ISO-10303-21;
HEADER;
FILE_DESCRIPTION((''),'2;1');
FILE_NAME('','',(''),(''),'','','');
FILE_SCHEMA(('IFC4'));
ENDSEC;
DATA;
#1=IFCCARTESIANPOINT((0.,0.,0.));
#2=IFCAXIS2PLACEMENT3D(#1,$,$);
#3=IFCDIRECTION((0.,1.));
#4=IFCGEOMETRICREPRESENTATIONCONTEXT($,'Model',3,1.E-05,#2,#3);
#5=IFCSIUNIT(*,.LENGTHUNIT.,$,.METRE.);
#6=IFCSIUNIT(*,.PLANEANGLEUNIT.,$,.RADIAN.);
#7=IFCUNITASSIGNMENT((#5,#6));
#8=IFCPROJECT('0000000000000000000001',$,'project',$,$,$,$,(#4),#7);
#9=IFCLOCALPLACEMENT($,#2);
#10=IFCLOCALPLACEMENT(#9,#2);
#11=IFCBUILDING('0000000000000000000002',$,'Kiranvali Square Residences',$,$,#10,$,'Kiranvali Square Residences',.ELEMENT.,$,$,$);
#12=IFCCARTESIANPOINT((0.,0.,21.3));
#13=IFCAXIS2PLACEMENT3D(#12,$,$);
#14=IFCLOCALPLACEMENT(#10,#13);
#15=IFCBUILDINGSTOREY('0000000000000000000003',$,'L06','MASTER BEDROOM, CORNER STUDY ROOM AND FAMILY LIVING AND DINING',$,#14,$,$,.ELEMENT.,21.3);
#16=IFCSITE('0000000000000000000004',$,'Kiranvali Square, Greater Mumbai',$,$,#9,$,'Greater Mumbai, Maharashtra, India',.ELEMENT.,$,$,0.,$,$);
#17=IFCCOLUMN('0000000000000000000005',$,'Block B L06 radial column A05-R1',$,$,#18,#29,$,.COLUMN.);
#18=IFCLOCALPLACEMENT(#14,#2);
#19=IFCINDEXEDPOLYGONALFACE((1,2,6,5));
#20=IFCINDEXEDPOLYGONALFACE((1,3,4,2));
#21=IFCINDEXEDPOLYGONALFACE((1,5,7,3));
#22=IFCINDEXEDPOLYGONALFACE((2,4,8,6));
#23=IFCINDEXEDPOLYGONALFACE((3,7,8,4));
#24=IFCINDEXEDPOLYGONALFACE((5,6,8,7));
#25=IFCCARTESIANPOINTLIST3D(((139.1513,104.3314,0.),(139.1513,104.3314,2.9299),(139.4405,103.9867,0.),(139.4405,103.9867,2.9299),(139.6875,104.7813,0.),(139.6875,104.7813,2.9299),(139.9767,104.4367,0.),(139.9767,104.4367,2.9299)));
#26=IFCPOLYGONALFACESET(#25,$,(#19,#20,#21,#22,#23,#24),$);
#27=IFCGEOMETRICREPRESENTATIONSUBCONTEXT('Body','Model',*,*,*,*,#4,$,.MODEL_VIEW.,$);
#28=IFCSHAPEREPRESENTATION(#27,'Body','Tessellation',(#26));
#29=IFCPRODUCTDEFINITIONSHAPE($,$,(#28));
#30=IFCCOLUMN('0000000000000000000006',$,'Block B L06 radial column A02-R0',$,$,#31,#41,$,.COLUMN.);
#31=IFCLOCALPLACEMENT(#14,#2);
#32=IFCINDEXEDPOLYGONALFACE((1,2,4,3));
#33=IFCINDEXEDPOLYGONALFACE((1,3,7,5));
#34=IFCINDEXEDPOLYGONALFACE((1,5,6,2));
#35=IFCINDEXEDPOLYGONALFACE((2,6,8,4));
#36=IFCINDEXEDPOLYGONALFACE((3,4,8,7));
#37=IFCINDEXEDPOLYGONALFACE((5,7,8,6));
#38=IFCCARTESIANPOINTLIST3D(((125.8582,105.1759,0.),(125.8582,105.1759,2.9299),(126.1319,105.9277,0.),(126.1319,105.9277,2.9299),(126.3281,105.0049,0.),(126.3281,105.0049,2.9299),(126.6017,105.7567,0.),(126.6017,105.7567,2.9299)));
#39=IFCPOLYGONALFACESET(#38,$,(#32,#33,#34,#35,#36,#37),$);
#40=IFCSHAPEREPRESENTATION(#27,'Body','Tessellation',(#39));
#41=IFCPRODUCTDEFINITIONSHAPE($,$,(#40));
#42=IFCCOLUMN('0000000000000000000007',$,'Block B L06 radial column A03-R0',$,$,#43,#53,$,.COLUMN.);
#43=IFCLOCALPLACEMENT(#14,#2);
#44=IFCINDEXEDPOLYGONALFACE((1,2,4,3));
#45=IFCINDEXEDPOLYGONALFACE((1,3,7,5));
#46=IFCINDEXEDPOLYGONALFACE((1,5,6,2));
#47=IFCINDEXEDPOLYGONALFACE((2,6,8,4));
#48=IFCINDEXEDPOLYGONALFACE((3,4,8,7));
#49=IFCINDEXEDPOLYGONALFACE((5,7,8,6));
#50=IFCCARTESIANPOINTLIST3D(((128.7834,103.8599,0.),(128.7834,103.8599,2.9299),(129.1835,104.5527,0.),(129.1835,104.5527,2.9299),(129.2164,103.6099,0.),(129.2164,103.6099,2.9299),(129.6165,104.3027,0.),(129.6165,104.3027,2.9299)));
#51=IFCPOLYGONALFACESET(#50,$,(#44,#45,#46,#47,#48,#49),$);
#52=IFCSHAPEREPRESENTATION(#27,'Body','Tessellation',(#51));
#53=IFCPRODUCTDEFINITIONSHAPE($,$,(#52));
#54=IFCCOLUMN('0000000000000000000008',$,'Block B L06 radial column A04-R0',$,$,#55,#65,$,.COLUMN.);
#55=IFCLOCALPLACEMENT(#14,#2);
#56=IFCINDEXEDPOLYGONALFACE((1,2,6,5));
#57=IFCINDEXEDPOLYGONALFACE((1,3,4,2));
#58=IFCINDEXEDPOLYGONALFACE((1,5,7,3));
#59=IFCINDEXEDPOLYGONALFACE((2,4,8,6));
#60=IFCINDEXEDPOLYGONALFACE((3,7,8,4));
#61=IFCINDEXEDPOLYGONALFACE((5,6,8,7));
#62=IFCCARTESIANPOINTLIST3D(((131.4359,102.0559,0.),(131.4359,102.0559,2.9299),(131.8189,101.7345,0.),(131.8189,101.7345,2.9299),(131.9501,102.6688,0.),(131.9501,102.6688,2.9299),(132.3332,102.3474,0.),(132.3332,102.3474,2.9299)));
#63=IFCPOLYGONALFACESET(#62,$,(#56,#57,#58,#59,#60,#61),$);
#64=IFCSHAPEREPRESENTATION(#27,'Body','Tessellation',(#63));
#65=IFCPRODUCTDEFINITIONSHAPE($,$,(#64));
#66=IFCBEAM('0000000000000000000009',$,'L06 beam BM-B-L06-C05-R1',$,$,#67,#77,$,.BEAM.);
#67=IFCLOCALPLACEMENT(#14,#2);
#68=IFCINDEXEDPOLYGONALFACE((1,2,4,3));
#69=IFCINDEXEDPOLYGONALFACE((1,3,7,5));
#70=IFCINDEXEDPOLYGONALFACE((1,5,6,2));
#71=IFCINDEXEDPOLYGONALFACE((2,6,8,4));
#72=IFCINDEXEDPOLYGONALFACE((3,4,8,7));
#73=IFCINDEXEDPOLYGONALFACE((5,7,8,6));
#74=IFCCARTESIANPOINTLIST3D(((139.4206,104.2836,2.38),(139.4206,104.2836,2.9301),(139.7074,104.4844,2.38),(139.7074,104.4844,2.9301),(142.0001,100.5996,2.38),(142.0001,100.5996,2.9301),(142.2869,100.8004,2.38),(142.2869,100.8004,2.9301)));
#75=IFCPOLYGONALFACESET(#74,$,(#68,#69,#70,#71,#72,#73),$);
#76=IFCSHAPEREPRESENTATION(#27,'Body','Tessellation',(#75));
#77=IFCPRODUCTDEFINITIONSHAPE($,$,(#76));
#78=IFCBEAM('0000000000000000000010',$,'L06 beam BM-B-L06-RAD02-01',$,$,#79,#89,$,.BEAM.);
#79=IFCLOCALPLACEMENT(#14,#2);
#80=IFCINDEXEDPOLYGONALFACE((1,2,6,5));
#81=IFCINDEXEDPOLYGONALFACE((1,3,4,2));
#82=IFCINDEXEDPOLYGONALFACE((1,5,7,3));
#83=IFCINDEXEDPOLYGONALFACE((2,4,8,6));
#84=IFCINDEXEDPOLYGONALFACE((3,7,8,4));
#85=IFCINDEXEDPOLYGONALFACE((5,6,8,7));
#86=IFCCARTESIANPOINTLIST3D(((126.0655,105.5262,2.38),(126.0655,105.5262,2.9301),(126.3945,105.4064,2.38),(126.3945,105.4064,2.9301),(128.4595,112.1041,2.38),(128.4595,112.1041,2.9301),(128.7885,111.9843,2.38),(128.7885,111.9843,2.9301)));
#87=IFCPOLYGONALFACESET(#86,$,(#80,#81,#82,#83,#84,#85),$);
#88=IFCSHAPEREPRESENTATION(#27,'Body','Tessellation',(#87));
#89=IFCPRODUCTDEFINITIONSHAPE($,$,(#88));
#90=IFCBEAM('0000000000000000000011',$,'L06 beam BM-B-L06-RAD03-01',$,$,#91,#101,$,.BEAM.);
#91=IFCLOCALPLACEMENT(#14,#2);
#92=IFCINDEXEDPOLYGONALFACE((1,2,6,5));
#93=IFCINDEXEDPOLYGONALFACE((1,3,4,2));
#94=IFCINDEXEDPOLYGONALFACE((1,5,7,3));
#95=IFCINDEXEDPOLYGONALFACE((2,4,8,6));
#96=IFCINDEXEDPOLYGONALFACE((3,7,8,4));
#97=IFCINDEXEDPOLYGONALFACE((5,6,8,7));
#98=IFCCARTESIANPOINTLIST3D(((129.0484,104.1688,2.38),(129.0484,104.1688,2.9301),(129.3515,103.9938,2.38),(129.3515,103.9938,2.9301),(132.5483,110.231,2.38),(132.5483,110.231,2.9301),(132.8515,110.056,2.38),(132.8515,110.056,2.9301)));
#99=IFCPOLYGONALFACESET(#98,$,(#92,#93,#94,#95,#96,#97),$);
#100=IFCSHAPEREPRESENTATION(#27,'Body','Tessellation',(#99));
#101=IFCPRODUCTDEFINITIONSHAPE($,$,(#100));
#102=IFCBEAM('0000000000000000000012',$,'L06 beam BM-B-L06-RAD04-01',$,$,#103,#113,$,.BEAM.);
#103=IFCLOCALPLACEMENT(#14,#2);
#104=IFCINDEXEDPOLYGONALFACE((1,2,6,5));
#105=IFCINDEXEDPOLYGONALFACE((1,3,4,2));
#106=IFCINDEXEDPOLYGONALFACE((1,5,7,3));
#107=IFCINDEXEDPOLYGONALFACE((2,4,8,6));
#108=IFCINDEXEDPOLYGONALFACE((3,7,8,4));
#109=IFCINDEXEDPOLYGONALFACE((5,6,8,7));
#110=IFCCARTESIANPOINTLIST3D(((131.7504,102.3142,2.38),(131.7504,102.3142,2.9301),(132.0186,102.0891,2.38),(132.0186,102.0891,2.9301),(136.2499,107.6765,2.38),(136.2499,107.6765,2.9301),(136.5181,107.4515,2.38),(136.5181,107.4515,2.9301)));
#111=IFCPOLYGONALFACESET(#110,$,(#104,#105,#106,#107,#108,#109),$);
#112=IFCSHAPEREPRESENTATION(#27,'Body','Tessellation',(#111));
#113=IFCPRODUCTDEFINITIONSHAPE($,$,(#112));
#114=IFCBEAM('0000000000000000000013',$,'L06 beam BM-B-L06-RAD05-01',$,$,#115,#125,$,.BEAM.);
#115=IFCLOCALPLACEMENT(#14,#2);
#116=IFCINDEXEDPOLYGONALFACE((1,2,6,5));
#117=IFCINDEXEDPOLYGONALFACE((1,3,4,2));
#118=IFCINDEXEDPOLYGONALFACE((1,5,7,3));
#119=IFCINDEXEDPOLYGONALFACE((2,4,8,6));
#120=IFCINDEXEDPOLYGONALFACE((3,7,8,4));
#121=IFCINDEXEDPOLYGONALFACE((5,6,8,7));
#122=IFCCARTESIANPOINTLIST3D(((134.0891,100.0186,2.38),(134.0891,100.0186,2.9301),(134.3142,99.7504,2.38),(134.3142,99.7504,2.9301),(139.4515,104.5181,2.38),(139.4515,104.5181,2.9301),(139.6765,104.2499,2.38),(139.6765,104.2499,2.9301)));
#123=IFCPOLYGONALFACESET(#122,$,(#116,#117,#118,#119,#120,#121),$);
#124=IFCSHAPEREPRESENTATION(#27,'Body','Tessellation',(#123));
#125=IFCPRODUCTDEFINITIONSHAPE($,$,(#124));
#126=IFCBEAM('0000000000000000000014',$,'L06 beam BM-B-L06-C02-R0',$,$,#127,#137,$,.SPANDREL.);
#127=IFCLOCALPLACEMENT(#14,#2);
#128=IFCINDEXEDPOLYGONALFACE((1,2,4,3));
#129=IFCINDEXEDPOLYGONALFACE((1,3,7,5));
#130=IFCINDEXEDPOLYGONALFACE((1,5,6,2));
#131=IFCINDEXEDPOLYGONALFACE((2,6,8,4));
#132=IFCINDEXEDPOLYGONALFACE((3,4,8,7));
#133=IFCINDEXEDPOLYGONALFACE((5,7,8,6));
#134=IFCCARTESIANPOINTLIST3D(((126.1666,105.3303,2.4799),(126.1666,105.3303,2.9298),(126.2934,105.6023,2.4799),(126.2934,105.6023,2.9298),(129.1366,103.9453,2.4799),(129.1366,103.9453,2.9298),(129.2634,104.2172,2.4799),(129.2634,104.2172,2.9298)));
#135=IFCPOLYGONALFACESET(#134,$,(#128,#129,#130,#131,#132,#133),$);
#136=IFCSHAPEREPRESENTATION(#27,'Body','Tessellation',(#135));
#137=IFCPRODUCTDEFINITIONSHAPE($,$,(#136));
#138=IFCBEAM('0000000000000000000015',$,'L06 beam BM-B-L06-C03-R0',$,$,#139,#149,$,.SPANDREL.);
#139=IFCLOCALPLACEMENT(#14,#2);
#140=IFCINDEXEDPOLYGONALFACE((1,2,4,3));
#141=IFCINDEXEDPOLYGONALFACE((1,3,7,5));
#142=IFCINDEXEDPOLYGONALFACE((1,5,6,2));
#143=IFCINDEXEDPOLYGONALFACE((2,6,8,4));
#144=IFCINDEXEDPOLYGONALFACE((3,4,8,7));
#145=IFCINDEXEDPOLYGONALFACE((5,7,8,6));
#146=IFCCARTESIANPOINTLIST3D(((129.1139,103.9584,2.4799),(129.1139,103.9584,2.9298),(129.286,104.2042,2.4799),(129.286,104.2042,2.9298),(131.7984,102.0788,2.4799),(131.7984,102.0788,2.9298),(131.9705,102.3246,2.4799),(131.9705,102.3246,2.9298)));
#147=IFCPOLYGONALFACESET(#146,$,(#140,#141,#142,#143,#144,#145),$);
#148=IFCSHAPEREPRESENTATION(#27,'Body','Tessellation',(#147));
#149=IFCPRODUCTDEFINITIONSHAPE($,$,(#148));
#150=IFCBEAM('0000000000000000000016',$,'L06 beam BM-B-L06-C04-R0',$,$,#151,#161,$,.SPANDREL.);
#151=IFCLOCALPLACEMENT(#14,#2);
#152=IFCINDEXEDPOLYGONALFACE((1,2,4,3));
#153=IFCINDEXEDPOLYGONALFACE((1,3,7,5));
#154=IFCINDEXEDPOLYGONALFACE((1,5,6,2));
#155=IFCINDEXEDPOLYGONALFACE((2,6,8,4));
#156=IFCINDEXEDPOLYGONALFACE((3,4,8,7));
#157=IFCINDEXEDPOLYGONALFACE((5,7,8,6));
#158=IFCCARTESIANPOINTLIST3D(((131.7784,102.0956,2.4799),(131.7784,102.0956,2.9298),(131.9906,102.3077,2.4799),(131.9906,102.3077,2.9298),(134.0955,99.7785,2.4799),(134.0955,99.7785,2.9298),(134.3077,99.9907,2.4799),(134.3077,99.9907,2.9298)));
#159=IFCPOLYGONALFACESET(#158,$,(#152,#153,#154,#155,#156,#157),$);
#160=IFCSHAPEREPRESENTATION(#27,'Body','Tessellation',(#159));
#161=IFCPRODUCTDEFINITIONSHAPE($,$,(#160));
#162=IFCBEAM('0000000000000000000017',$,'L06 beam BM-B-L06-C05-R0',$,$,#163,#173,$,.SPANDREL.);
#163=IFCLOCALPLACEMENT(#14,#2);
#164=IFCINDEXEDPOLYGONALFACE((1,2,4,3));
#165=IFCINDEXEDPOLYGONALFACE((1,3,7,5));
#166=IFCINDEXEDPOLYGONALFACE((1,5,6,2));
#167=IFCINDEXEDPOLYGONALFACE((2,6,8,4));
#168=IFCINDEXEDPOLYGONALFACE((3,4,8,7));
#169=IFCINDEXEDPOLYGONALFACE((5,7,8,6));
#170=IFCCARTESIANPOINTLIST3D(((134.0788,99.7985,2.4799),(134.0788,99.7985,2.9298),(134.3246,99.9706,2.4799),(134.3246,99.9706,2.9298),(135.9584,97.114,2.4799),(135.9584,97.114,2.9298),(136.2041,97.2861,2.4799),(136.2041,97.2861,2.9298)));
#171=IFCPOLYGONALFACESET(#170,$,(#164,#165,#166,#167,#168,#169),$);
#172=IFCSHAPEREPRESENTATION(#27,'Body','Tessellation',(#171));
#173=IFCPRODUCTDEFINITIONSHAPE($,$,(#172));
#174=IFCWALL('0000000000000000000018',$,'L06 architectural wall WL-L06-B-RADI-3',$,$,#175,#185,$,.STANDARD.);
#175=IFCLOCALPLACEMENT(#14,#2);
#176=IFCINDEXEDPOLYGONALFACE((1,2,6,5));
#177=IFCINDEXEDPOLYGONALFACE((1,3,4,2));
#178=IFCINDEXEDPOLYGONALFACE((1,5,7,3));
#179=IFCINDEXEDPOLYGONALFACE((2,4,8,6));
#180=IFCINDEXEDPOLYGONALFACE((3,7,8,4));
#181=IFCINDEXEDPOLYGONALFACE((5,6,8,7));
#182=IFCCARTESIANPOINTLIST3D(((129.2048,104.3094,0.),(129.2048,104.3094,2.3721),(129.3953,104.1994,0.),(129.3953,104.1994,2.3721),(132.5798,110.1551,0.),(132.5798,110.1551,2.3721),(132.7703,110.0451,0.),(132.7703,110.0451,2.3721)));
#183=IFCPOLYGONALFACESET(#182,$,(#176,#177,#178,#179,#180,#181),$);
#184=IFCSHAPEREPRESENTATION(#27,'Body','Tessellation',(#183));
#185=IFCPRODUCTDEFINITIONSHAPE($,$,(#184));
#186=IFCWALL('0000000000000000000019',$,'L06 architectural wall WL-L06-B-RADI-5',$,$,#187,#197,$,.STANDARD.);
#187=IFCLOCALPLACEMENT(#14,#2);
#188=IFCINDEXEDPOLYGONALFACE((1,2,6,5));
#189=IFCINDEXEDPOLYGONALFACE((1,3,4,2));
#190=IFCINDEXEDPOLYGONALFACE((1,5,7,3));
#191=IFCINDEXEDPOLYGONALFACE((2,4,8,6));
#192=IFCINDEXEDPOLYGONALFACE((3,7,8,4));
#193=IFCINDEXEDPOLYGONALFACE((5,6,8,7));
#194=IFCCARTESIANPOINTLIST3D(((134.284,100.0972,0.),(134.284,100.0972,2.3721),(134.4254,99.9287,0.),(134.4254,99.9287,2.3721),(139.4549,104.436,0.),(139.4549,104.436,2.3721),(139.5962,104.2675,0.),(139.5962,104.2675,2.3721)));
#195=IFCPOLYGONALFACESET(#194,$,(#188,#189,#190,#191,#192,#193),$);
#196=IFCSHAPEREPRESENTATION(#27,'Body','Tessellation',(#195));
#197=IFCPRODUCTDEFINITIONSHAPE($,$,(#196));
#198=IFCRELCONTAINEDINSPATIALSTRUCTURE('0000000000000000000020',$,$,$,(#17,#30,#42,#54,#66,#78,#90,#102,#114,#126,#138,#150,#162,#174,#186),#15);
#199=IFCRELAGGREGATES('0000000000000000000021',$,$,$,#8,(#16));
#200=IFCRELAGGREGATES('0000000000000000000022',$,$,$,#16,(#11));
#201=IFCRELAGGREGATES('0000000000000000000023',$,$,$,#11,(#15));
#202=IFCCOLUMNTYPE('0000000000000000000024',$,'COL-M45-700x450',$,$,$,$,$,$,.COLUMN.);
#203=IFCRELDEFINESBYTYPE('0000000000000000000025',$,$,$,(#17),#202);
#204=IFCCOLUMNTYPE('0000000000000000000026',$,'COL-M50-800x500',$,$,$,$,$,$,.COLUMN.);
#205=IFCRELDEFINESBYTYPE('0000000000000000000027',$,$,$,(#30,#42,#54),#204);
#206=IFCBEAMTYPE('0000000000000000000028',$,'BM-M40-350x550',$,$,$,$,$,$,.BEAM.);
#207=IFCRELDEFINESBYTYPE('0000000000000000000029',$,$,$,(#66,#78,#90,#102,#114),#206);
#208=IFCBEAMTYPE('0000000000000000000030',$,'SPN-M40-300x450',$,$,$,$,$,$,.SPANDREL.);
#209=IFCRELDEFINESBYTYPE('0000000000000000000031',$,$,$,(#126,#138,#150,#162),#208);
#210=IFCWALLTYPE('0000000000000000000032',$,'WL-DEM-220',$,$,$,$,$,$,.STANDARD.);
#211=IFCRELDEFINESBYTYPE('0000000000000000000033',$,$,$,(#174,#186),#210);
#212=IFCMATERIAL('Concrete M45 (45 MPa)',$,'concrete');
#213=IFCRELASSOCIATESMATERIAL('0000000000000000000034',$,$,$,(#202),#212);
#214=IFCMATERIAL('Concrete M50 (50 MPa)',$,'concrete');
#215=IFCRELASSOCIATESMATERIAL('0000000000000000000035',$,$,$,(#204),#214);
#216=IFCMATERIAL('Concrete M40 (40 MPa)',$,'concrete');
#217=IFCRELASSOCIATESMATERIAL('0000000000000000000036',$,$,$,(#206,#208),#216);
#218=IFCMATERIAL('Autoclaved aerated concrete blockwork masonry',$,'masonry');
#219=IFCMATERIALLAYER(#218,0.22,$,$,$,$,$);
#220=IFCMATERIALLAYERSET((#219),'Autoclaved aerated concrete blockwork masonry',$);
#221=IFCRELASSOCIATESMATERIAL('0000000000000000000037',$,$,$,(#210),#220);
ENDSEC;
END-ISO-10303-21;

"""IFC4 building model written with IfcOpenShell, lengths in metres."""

from ifc_helpers import new_model, si_unit, direction, frame, frame_2d, origin, origin_2d, place, context, subcontext, project, spatial, rectangle, extrude, material, layer, layer_set, material_profile, profile_set, type_object, element, save


model = new_model("IFC4")

# Units and contexts
model_context = context("Model", 3, precision=1e-05, world=origin(), true_north=direction((0.0, 1.0)))
body_context = subcontext(model_context, "Body", "Model", "MODEL_VIEW")
ifc_project = project(units=[si_unit("LENGTHUNIT", "METRE"), si_unit("PLANEANGLEUNIT", "RADIAN")], contexts=[model_context])

# Site, building, storey
site_placement = place(None, origin())
site = spatial("IfcSite", under=ifc_project, at=site_placement, Name="Kiranvali Square, Greater Mumbai", LongName="Greater Mumbai, Maharashtra, India", CompositionType="ELEMENT", RefElevation=0.0)
building_placement = place(site_placement, origin())
building = spatial("IfcBuilding", under=site, at=building_placement, Name="Kiranvali Square Residences", LongName="Kiranvali Square Residences", CompositionType="ELEMENT")
storey_placement = place(building_placement, frame((0.0, 0.0, 21.3)))
storey = spatial("IfcBuildingStorey", under=building, at=storey_placement, Name="L06", Description="MASTER BEDROOM, CORNER STUDY ROOM AND FAMILY LIVING AND DINING", CompositionType="ELEMENT", Elevation=21.3)

# Columns
ifc_material_1 = material(Name="Concrete M45 (45 MPa)", Category="concrete")
ifc_material_profile_1 = material_profile(ifc_material_1, rectangle(XDim=0.45, YDim=0.7, at=origin_2d()), Name="RC 700x450")
ifc_profile_set_1 = profile_set([ifc_material_profile_1], Name="Concrete M45 (45 MPa)")
column_type_1 = type_object("IfcColumnType", Name="COL-M45-700x450", PredefinedType="COLUMN", material=ifc_profile_set_1)
column_placement = place(storey_placement, frame((139.564, 104.384, 0.0), z_axis=(0.0, 0.0, 1.0), x_axis=(-0.642788, 0.766044, 0.0)))
element("IfcColumn", 1, at=column_placement, inside=storey, type_object=column_type_1, Name="Block B L06 radial column A05-R1", PredefinedType="COLUMN", context=body_context, shape_type="SweptSolid", body=[
    extrude(rectangle(XDim=0.45, YDim=0.7, at=origin_2d()), origin(), (0.0, 0.0, 1.0), 2.9299),
])
ifc_material_2 = material(Name="Concrete M50 (50 MPa)", Category="concrete")
ifc_material_profile_2 = material_profile(ifc_material_2, rectangle(XDim=0.5, YDim=0.8, at=origin_2d()), Name="RC 800x500")
ifc_profile_set_2 = profile_set([ifc_material_profile_2], Name="Concrete M50 (50 MPa)")
column_type_2 = type_object("IfcColumnType", Name="COL-M50-800x500", PredefinedType="COLUMN", material=ifc_profile_set_2)
for number, where, z_axis, x_axis, name in (
    (2, (126.23, 105.4663, 0.0), (0.0, 0.0, 1.0), (-0.939693, 0.34202, 0.0), "Block B L06 radial column A02-R0"),
    (3, (129.2, 104.0813, 0.0), (0.0, 0.0, 1.0), (-0.866025, 0.5, 0.0), "Block B L06 radial column A03-R0"),
    (4, (131.8845, 102.2017, 0.0), (0.0, 0.0, 1.0), (-0.766044, 0.642788, 0.0), "Block B L06 radial column A04-R0"),
):
    element("IfcColumn", number, at=place(storey_placement, frame(where, z_axis=z_axis, x_axis=x_axis)), inside=storey, type_object=column_type_2, Name=name, PredefinedType="COLUMN", context=body_context, shape_type="SweptSolid", body=[
        extrude(rectangle(XDim=0.5, YDim=0.8, at=origin_2d()), origin(), (0.0, 0.0, 1.0), 2.9299),
    ])

# Beams
ifc_material_3 = material(Name="Concrete M40 (40 MPa)", Category="concrete")
ifc_material_profile_3 = material_profile(ifc_material_3, rectangle(XDim=0.3501, YDim=0.55, at=origin_2d()), Name="RC 350x550")
ifc_profile_set_3 = profile_set([ifc_material_profile_3], Name="Concrete M40 (40 MPa)")
beam_type_1 = type_object("IfcBeamType", Name="BM-M40-350x550", PredefinedType="BEAM", material=ifc_profile_set_3)
beam_1_placement = place(storey_placement, frame((139.564, 104.384, 2.655), z_axis=(0.573572, -0.819155, 0.0), x_axis=(0.819155, 0.573572, 0.0)))
element("IfcBeam", 5, at=beam_1_placement, inside=storey, type_object=beam_type_1, Name="L06 beam BM-B-L06-C05-R1", PredefinedType="BEAM", context=body_context, shape_type="SweptSolid", body=[
    extrude(rectangle(XDim=0.3501, YDim=0.55, at=origin_2d()), origin(), (0.0, 0.0, 1.0), 4.4973),
])
for number, where, z_axis, x_axis, name in (
    (6, (126.23, 105.4663, 2.655), (0.342006, 0.939698, 0.0), (-0.939698, 0.342006, 0.0), "L06 beam BM-B-L06-RAD02-01"),
    (7, (129.2, 104.0813, 2.655), (0.499995, 0.866028, 0.0), (-0.866028, 0.499995, 0.0), "L06 beam BM-B-L06-RAD03-01"),
    (8, (131.8845, 102.2017, 2.655), (0.642788, 0.766044, 0.0), (-0.766044, 0.642788, 0.0), "L06 beam BM-B-L06-RAD04-01"),
    (9, (134.2017, 99.8845, 2.655), (0.766044, 0.642788, 0.0), (-0.642788, 0.766044, 0.0), "L06 beam BM-B-L06-RAD05-01"),
):
    element("IfcBeam", number, at=place(storey_placement, frame(where, z_axis=z_axis, x_axis=x_axis)), inside=storey, type_object=beam_type_1, Name=name, PredefinedType="BEAM", context=body_context, shape_type="SweptSolid", body=[
        extrude(rectangle(XDim=0.3501, YDim=0.55, at=origin_2d()), origin(), (0.0, 0.0, 1.0), 7.0),
    ])
ifc_material_profile_4 = material_profile(ifc_material_3, rectangle(XDim=0.3, YDim=0.45, at=origin_2d()), Name="RC 300x450")
ifc_profile_set_4 = profile_set([ifc_material_profile_4], Name="Concrete M40 (40 MPa)")
beam_type_2 = type_object("IfcBeamType", Name="SPN-M40-300x450", PredefinedType="SPANDREL", material=ifc_profile_set_4)
for number, where, z_axis, x_axis, name in (
    (10, (126.23, 105.4663, 2.7048), (0.906297, -0.422641, 0.0), (0.422641, 0.906297, 0.0), "L06 beam BM-B-L06-C02-R0"),
    (11, (129.2, 104.0813, 2.7048), (0.819169, -0.573552, 0.0), (0.573552, 0.819169, 0.0), "L06 beam BM-B-L06-C03-R0"),
):
    element("IfcBeam", number, at=place(storey_placement, frame(where, z_axis=z_axis, x_axis=x_axis)), inside=storey, type_object=beam_type_2, Name=name, PredefinedType="SPANDREL", context=body_context, shape_type="SweptSolid", body=[
        extrude(rectangle(XDim=0.3, YDim=0.45, at=origin_2d()), origin(), (0.0, 0.0, 1.0), 3.2771),
    ])
beam_2_placement = place(storey_placement, frame((131.8845, 102.2017, 2.7048), z_axis=(0.707107, -0.707107, 0.0), x_axis=(0.707107, 0.707107, 0.0)))
element("IfcBeam", 12, at=beam_2_placement, inside=storey, type_object=beam_type_2, Name="L06 beam BM-B-L06-C04-R0", PredefinedType="SPANDREL", context=body_context, shape_type="SweptSolid", body=[
    extrude(rectangle(XDim=0.3, YDim=0.45, at=origin_2d()), origin(), (0.0, 0.0, 1.0), 3.2769),
])
beam_3_placement = place(storey_placement, frame((134.2017, 99.8845, 2.7048), z_axis=(0.573552, -0.819169, 0.0), x_axis=(0.819169, 0.573552, 0.0)))
element("IfcBeam", 13, at=beam_3_placement, inside=storey, type_object=beam_type_2, Name="L06 beam BM-B-L06-C05-R0", PredefinedType="SPANDREL", context=body_context, shape_type="SweptSolid", body=[
    extrude(rectangle(XDim=0.3, YDim=0.45, at=origin_2d()), origin(), (0.0, 0.0, 1.0), 3.2771),
])

# Walls
ifc_material_4 = material(Name="Autoclaved aerated concrete blockwork masonry", Category="masonry")
ifc_layer_1 = layer(ifc_material_4, 0.22)
ifc_layer_set_1 = layer_set([ifc_layer_1], Name="Autoclaved aerated concrete blockwork masonry")
wall_type_1 = type_object("IfcWallType", Name="WL-DEM-220", PredefinedType="STANDARD", material=ifc_layer_set_1)
for number, where, z_axis, x_axis, name in (
    (14, (129.3, 104.2544, 0.0), (0.0, 0.0, 1.0), (0.499998, 0.866027, 0.0), "L06 architectural wall WL-L06-B-RADI-3"),
    (15, (134.3547, 100.0129, 0.0), (0.0, 0.0, 1.0), (0.766047, 0.642785, 0.0), "L06 architectural wall WL-L06-B-RADI-5"),
):
    element("IfcWall", number, at=place(storey_placement, frame(where, z_axis=z_axis, x_axis=x_axis)), inside=storey, type_object=wall_type_1, Name=name, PredefinedType="STANDARD", context=body_context, shape_type="SweptSolid", body=[
        extrude(rectangle(XDim=6.75, YDim=0.22, at=frame_2d((3.375, 0.0))), origin(), (0.0, 0.0, 1.0), 2.3721),
    ])

save(model, "model.ifc")
